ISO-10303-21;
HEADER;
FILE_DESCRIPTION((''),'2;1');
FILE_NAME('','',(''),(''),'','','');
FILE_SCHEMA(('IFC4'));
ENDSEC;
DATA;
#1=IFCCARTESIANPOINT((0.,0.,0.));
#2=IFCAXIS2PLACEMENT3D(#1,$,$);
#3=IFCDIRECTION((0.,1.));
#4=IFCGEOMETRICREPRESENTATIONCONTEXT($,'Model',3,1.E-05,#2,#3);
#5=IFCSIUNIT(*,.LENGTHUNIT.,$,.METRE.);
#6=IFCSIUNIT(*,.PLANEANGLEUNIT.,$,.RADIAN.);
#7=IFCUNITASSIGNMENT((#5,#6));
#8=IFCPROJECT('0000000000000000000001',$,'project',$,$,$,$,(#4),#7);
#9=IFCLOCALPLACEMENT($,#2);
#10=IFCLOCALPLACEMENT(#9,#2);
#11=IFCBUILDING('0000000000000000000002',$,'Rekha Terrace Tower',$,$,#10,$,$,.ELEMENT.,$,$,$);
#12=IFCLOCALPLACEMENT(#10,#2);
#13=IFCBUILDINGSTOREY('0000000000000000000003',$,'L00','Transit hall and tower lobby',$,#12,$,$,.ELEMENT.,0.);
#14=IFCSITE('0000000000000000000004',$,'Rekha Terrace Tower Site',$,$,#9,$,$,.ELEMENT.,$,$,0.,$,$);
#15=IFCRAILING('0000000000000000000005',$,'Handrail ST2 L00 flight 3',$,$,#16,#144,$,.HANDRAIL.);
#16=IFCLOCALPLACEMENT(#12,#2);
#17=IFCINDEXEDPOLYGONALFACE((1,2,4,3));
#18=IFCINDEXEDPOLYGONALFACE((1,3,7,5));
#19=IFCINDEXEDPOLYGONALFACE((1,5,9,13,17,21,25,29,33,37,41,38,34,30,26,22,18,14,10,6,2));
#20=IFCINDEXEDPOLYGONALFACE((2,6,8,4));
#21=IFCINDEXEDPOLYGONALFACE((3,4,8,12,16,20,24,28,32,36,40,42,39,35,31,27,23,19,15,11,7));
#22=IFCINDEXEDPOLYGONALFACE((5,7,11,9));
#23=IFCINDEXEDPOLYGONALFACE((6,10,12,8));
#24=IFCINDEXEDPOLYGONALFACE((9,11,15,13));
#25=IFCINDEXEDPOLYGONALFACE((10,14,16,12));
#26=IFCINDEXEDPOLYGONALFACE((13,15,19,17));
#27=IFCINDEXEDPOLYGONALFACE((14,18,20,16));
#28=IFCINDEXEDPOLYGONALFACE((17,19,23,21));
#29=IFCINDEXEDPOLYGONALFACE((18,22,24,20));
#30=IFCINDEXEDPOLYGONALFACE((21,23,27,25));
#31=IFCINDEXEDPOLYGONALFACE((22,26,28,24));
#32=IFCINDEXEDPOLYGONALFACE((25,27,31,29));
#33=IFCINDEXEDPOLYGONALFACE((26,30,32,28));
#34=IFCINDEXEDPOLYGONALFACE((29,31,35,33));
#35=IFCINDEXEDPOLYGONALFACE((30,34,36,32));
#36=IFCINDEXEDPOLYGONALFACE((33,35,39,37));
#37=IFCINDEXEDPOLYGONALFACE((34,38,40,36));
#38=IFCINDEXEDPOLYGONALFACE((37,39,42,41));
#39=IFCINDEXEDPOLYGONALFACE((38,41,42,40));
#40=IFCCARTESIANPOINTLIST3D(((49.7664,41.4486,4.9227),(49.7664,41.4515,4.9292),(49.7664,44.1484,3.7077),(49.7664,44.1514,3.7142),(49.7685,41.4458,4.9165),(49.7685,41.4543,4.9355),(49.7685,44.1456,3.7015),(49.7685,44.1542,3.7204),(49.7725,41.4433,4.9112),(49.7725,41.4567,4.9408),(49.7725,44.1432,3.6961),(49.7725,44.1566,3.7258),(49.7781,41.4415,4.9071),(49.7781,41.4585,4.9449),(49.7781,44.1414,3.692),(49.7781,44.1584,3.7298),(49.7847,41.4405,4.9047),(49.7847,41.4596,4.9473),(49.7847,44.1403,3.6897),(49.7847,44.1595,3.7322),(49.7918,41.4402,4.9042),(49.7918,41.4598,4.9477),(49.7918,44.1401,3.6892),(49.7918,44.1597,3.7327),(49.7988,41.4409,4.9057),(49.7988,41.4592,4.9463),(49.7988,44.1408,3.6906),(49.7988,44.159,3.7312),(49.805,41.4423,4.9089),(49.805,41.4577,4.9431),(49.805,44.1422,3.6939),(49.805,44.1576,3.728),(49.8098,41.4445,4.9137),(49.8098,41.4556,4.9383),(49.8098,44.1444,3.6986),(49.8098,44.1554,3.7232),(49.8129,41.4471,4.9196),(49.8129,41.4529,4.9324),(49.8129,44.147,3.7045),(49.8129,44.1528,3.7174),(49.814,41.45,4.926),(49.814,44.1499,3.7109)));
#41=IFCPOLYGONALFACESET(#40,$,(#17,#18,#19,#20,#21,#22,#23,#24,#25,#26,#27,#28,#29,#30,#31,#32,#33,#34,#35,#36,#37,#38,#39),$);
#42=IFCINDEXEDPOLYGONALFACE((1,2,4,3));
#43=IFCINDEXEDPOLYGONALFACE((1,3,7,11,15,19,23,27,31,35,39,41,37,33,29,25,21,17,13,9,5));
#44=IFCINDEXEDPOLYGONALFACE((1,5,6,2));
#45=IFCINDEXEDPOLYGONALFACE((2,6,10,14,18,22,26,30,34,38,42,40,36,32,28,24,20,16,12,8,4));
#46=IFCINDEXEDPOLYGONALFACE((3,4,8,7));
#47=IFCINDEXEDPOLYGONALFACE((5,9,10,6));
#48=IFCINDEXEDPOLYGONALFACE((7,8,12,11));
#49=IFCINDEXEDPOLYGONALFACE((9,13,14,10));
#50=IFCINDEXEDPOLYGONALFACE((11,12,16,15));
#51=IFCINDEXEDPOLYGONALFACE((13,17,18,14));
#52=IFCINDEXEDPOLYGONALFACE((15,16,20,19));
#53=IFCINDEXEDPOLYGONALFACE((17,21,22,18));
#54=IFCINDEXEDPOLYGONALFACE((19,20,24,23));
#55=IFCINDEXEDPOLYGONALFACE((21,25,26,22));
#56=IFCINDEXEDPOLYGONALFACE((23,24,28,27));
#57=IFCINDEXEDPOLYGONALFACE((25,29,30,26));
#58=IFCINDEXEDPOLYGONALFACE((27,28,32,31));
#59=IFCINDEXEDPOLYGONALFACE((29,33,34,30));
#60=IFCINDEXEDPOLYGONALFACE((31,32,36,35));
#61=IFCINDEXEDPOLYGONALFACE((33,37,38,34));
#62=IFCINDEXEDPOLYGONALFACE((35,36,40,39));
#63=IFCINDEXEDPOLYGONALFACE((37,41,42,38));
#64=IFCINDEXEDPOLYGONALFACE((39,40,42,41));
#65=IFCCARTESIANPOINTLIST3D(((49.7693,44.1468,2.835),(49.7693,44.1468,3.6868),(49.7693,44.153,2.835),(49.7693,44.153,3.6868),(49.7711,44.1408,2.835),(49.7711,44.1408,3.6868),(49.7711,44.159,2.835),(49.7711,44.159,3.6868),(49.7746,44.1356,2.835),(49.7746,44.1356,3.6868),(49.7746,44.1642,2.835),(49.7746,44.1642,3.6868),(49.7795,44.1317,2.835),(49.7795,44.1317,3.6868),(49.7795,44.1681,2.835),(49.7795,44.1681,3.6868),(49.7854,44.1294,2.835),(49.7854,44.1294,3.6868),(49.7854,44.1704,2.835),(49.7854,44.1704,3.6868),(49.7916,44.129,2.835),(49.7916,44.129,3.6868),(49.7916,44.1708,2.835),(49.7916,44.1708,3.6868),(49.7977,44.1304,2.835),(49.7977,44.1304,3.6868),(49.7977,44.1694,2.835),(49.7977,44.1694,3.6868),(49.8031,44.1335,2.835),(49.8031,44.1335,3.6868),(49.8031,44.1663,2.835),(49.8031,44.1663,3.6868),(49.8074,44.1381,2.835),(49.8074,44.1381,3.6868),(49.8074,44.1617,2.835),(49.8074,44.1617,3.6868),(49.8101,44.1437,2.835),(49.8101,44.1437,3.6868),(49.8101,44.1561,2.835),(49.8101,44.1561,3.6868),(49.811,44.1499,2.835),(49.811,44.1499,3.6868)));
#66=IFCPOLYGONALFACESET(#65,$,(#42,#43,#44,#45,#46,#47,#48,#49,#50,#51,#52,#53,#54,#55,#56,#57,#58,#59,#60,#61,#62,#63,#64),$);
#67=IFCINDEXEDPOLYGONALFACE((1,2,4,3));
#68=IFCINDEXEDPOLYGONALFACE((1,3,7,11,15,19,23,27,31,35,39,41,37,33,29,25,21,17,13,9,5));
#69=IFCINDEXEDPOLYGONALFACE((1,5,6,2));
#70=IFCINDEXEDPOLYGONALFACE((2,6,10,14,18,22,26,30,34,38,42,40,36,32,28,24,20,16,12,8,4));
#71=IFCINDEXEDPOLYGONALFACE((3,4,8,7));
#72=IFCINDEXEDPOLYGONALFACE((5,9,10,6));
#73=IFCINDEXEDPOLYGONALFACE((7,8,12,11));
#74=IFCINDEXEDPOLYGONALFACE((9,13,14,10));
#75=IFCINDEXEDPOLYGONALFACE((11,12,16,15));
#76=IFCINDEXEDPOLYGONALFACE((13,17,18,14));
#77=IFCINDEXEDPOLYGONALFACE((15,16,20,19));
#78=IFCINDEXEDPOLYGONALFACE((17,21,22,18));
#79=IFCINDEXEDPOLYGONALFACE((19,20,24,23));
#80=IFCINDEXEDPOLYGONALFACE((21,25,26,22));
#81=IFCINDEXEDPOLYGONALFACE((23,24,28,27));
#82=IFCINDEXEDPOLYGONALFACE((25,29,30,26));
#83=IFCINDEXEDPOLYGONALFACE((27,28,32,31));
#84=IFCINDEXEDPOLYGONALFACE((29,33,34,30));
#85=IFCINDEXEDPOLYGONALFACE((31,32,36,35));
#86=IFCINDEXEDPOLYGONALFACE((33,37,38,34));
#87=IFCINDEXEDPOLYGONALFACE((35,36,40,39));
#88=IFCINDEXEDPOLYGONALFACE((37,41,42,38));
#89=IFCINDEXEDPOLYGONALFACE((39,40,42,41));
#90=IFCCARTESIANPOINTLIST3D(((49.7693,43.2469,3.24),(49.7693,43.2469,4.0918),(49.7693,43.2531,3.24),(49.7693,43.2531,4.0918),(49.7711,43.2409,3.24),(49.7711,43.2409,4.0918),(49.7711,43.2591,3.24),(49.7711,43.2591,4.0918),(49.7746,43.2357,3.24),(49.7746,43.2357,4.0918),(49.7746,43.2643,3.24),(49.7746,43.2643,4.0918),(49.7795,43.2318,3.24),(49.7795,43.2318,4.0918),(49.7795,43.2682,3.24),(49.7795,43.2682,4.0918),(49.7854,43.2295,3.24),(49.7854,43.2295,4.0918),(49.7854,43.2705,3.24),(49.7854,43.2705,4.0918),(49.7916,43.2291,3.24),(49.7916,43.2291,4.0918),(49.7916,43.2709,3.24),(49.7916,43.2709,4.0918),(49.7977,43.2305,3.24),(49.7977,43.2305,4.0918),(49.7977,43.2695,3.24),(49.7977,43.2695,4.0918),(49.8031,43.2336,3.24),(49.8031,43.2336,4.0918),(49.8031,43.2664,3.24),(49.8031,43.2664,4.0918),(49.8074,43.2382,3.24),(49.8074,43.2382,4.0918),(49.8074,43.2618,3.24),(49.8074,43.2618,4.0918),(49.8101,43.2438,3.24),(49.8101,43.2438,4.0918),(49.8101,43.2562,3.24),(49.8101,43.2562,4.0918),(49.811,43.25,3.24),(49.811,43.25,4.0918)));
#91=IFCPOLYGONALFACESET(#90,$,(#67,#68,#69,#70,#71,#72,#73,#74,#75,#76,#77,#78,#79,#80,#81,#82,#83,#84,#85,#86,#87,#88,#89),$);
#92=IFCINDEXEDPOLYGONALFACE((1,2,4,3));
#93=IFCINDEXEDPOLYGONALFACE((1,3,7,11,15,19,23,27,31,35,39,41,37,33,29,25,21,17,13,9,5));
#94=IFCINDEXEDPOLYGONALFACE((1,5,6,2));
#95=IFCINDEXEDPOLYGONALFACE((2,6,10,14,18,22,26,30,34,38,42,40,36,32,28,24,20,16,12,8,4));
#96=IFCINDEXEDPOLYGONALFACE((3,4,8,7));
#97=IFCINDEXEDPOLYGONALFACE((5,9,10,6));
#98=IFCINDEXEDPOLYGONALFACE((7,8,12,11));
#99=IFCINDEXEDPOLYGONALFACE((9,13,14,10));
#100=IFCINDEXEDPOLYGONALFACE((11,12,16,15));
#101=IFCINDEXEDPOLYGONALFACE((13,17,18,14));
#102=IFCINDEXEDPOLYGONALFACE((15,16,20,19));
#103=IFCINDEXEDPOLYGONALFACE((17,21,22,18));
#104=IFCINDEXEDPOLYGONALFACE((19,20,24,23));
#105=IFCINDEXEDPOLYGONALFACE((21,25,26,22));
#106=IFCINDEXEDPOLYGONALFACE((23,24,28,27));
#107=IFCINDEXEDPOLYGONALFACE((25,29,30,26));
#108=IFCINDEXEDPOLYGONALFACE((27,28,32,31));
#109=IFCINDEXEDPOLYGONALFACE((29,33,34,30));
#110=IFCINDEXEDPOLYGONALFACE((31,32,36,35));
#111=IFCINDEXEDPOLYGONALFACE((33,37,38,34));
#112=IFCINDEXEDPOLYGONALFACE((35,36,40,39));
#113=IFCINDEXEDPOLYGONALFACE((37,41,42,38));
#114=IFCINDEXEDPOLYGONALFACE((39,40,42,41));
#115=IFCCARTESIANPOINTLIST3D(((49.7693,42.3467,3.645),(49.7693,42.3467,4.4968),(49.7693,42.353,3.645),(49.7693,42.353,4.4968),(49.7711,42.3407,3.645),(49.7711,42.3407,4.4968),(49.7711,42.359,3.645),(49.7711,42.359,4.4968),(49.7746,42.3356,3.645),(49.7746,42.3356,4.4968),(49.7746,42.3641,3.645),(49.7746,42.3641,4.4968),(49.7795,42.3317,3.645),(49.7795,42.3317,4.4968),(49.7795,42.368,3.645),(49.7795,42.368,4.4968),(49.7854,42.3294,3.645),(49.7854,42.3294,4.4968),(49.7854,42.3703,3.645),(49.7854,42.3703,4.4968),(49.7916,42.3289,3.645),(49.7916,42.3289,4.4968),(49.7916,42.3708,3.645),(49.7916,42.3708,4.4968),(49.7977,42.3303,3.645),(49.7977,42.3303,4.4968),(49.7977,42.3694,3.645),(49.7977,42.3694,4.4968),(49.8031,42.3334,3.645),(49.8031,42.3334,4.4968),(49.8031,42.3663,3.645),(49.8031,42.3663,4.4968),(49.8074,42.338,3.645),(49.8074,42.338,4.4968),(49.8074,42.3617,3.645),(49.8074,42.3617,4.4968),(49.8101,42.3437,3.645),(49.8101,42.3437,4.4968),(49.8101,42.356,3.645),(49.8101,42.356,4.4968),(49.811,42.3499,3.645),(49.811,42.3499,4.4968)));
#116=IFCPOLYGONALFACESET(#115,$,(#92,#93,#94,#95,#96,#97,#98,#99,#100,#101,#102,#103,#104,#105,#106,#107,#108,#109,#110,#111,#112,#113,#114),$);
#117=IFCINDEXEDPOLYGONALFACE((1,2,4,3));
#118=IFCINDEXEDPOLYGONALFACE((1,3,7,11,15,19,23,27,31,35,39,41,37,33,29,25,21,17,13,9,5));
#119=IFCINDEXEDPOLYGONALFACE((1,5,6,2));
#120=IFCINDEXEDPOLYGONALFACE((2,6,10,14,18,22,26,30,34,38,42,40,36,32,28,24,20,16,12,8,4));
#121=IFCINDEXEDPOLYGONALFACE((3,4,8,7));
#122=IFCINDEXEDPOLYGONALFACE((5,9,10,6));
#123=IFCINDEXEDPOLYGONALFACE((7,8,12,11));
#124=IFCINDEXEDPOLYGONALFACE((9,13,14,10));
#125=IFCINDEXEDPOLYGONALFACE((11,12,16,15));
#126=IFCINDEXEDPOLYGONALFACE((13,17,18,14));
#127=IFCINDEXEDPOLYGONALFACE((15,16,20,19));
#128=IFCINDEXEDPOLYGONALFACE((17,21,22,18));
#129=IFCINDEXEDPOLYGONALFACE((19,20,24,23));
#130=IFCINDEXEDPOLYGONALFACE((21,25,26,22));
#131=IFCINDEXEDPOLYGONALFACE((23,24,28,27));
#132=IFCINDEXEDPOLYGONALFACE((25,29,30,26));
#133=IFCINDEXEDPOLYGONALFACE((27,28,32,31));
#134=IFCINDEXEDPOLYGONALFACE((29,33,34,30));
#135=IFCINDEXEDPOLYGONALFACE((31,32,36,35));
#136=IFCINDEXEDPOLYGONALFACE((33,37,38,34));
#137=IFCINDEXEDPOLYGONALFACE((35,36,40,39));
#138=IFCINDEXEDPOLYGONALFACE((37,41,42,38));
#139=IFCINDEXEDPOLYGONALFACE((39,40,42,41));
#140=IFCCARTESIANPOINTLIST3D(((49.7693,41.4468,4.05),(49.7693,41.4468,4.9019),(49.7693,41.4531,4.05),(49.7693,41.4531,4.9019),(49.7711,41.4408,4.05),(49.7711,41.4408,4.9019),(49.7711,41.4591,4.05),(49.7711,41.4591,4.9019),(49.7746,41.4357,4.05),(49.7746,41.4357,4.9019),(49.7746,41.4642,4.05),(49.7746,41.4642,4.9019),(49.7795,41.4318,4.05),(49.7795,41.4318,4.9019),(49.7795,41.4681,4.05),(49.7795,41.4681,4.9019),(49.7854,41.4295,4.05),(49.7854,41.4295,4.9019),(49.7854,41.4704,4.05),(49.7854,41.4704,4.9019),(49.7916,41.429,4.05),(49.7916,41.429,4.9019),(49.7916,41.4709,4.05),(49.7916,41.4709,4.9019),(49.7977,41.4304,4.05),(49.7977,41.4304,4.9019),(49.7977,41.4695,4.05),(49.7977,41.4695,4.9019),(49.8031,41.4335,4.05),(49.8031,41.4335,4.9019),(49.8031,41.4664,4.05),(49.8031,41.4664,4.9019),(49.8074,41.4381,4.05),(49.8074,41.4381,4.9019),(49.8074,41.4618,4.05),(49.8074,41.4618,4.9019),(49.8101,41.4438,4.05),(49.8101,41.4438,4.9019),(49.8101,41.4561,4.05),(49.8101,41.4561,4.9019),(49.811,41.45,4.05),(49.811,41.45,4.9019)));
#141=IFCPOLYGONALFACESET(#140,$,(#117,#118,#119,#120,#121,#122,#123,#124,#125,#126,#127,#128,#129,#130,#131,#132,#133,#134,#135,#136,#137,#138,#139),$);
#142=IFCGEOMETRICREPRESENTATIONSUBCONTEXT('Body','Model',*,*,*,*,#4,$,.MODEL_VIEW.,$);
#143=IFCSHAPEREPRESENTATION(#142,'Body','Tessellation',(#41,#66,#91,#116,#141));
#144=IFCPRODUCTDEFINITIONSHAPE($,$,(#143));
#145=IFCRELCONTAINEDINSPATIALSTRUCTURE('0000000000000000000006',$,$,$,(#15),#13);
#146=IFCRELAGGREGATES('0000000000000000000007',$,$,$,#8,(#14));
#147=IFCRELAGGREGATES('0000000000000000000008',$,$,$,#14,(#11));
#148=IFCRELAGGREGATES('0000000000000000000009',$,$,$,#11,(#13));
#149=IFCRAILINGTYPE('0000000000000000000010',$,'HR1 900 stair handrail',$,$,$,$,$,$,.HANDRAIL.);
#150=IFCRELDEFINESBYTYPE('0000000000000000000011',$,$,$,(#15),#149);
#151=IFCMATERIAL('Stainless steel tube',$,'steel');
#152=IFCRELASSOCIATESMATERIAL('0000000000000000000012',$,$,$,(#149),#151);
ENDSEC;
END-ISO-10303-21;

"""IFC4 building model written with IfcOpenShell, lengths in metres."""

from ifc_helpers import new_model, si_unit, direction, frame, origin, origin_2d, place, context, subcontext, project, spatial, circle, extrude, material, type_object, element, save


model = new_model("IFC4")

# Units and contexts
model_context = context("Model", 3, precision=1e-05, world=origin(), true_north=direction((0.0, 1.0)))
body_context = subcontext(model_context, "Body", "Model", "MODEL_VIEW")
ifc_project = project(units=[si_unit("LENGTHUNIT", "METRE"), si_unit("PLANEANGLEUNIT", "RADIAN")], contexts=[model_context])

# Site, building, storey
site_placement = place(None, origin())
site = spatial("IfcSite", under=ifc_project, at=site_placement, Name="Rekha Terrace Tower Site", CompositionType="ELEMENT", RefElevation=0.0)
building_placement = place(site_placement, origin())
building = spatial("IfcBuilding", under=site, at=building_placement, Name="Rekha Terrace Tower", CompositionType="ELEMENT")
storey_placement = place(building_placement, origin())
storey = spatial("IfcBuildingStorey", under=building, at=storey_placement, Name="L00", Description="Transit hall and tower lobby", CompositionType="ELEMENT", Elevation=0.0)

# Railing
ifc_material_1 = material(Name="Stainless steel tube", Category="steel")
railing_type_1 = type_object("IfcRailingType", Name="HR1 900 stair handrail", PredefinedType="HANDRAIL", material=ifc_material_1)
railing_1_placement = place(storey_placement, frame((49.79, 44.1499, 2.835)))
element("IfcRailing", 1, at=railing_1_placement, inside=storey, type_object=railing_type_1, Name="Handrail ST2 L00 flight 3", PredefinedType="HANDRAIL", context=body_context, shape_type="SweptSolid", body=[
    extrude(circle(Radius=0.0239, at=origin_2d()), frame((0.0, 0.0, 0.876), z_axis=(0.0, -0.911908, 0.410396), x_axis=(1.0, 0.0, 0.0)), (0.0, 0.0, 1.0), 2.9607),
    extrude(circle(Radius=0.021, at=origin_2d()), origin(), (0.0, 0.0, 1.0), 0.8518),
    extrude(circle(Radius=0.021, at=origin_2d()), frame((0.0, -0.8999, 0.405)), (0.0, 0.0, 1.0), 0.8518),
    extrude(circle(Radius=0.021, at=origin_2d()), frame((0.0, -1.8, 0.8101)), (0.0, 0.0, 1.0), 0.8518),
    extrude(circle(Radius=0.021, at=origin_2d()), frame((0.0, -2.7, 1.2151)), (0.0, 0.0, 1.0), 0.8518),
])

save(model, "model.ifc")
